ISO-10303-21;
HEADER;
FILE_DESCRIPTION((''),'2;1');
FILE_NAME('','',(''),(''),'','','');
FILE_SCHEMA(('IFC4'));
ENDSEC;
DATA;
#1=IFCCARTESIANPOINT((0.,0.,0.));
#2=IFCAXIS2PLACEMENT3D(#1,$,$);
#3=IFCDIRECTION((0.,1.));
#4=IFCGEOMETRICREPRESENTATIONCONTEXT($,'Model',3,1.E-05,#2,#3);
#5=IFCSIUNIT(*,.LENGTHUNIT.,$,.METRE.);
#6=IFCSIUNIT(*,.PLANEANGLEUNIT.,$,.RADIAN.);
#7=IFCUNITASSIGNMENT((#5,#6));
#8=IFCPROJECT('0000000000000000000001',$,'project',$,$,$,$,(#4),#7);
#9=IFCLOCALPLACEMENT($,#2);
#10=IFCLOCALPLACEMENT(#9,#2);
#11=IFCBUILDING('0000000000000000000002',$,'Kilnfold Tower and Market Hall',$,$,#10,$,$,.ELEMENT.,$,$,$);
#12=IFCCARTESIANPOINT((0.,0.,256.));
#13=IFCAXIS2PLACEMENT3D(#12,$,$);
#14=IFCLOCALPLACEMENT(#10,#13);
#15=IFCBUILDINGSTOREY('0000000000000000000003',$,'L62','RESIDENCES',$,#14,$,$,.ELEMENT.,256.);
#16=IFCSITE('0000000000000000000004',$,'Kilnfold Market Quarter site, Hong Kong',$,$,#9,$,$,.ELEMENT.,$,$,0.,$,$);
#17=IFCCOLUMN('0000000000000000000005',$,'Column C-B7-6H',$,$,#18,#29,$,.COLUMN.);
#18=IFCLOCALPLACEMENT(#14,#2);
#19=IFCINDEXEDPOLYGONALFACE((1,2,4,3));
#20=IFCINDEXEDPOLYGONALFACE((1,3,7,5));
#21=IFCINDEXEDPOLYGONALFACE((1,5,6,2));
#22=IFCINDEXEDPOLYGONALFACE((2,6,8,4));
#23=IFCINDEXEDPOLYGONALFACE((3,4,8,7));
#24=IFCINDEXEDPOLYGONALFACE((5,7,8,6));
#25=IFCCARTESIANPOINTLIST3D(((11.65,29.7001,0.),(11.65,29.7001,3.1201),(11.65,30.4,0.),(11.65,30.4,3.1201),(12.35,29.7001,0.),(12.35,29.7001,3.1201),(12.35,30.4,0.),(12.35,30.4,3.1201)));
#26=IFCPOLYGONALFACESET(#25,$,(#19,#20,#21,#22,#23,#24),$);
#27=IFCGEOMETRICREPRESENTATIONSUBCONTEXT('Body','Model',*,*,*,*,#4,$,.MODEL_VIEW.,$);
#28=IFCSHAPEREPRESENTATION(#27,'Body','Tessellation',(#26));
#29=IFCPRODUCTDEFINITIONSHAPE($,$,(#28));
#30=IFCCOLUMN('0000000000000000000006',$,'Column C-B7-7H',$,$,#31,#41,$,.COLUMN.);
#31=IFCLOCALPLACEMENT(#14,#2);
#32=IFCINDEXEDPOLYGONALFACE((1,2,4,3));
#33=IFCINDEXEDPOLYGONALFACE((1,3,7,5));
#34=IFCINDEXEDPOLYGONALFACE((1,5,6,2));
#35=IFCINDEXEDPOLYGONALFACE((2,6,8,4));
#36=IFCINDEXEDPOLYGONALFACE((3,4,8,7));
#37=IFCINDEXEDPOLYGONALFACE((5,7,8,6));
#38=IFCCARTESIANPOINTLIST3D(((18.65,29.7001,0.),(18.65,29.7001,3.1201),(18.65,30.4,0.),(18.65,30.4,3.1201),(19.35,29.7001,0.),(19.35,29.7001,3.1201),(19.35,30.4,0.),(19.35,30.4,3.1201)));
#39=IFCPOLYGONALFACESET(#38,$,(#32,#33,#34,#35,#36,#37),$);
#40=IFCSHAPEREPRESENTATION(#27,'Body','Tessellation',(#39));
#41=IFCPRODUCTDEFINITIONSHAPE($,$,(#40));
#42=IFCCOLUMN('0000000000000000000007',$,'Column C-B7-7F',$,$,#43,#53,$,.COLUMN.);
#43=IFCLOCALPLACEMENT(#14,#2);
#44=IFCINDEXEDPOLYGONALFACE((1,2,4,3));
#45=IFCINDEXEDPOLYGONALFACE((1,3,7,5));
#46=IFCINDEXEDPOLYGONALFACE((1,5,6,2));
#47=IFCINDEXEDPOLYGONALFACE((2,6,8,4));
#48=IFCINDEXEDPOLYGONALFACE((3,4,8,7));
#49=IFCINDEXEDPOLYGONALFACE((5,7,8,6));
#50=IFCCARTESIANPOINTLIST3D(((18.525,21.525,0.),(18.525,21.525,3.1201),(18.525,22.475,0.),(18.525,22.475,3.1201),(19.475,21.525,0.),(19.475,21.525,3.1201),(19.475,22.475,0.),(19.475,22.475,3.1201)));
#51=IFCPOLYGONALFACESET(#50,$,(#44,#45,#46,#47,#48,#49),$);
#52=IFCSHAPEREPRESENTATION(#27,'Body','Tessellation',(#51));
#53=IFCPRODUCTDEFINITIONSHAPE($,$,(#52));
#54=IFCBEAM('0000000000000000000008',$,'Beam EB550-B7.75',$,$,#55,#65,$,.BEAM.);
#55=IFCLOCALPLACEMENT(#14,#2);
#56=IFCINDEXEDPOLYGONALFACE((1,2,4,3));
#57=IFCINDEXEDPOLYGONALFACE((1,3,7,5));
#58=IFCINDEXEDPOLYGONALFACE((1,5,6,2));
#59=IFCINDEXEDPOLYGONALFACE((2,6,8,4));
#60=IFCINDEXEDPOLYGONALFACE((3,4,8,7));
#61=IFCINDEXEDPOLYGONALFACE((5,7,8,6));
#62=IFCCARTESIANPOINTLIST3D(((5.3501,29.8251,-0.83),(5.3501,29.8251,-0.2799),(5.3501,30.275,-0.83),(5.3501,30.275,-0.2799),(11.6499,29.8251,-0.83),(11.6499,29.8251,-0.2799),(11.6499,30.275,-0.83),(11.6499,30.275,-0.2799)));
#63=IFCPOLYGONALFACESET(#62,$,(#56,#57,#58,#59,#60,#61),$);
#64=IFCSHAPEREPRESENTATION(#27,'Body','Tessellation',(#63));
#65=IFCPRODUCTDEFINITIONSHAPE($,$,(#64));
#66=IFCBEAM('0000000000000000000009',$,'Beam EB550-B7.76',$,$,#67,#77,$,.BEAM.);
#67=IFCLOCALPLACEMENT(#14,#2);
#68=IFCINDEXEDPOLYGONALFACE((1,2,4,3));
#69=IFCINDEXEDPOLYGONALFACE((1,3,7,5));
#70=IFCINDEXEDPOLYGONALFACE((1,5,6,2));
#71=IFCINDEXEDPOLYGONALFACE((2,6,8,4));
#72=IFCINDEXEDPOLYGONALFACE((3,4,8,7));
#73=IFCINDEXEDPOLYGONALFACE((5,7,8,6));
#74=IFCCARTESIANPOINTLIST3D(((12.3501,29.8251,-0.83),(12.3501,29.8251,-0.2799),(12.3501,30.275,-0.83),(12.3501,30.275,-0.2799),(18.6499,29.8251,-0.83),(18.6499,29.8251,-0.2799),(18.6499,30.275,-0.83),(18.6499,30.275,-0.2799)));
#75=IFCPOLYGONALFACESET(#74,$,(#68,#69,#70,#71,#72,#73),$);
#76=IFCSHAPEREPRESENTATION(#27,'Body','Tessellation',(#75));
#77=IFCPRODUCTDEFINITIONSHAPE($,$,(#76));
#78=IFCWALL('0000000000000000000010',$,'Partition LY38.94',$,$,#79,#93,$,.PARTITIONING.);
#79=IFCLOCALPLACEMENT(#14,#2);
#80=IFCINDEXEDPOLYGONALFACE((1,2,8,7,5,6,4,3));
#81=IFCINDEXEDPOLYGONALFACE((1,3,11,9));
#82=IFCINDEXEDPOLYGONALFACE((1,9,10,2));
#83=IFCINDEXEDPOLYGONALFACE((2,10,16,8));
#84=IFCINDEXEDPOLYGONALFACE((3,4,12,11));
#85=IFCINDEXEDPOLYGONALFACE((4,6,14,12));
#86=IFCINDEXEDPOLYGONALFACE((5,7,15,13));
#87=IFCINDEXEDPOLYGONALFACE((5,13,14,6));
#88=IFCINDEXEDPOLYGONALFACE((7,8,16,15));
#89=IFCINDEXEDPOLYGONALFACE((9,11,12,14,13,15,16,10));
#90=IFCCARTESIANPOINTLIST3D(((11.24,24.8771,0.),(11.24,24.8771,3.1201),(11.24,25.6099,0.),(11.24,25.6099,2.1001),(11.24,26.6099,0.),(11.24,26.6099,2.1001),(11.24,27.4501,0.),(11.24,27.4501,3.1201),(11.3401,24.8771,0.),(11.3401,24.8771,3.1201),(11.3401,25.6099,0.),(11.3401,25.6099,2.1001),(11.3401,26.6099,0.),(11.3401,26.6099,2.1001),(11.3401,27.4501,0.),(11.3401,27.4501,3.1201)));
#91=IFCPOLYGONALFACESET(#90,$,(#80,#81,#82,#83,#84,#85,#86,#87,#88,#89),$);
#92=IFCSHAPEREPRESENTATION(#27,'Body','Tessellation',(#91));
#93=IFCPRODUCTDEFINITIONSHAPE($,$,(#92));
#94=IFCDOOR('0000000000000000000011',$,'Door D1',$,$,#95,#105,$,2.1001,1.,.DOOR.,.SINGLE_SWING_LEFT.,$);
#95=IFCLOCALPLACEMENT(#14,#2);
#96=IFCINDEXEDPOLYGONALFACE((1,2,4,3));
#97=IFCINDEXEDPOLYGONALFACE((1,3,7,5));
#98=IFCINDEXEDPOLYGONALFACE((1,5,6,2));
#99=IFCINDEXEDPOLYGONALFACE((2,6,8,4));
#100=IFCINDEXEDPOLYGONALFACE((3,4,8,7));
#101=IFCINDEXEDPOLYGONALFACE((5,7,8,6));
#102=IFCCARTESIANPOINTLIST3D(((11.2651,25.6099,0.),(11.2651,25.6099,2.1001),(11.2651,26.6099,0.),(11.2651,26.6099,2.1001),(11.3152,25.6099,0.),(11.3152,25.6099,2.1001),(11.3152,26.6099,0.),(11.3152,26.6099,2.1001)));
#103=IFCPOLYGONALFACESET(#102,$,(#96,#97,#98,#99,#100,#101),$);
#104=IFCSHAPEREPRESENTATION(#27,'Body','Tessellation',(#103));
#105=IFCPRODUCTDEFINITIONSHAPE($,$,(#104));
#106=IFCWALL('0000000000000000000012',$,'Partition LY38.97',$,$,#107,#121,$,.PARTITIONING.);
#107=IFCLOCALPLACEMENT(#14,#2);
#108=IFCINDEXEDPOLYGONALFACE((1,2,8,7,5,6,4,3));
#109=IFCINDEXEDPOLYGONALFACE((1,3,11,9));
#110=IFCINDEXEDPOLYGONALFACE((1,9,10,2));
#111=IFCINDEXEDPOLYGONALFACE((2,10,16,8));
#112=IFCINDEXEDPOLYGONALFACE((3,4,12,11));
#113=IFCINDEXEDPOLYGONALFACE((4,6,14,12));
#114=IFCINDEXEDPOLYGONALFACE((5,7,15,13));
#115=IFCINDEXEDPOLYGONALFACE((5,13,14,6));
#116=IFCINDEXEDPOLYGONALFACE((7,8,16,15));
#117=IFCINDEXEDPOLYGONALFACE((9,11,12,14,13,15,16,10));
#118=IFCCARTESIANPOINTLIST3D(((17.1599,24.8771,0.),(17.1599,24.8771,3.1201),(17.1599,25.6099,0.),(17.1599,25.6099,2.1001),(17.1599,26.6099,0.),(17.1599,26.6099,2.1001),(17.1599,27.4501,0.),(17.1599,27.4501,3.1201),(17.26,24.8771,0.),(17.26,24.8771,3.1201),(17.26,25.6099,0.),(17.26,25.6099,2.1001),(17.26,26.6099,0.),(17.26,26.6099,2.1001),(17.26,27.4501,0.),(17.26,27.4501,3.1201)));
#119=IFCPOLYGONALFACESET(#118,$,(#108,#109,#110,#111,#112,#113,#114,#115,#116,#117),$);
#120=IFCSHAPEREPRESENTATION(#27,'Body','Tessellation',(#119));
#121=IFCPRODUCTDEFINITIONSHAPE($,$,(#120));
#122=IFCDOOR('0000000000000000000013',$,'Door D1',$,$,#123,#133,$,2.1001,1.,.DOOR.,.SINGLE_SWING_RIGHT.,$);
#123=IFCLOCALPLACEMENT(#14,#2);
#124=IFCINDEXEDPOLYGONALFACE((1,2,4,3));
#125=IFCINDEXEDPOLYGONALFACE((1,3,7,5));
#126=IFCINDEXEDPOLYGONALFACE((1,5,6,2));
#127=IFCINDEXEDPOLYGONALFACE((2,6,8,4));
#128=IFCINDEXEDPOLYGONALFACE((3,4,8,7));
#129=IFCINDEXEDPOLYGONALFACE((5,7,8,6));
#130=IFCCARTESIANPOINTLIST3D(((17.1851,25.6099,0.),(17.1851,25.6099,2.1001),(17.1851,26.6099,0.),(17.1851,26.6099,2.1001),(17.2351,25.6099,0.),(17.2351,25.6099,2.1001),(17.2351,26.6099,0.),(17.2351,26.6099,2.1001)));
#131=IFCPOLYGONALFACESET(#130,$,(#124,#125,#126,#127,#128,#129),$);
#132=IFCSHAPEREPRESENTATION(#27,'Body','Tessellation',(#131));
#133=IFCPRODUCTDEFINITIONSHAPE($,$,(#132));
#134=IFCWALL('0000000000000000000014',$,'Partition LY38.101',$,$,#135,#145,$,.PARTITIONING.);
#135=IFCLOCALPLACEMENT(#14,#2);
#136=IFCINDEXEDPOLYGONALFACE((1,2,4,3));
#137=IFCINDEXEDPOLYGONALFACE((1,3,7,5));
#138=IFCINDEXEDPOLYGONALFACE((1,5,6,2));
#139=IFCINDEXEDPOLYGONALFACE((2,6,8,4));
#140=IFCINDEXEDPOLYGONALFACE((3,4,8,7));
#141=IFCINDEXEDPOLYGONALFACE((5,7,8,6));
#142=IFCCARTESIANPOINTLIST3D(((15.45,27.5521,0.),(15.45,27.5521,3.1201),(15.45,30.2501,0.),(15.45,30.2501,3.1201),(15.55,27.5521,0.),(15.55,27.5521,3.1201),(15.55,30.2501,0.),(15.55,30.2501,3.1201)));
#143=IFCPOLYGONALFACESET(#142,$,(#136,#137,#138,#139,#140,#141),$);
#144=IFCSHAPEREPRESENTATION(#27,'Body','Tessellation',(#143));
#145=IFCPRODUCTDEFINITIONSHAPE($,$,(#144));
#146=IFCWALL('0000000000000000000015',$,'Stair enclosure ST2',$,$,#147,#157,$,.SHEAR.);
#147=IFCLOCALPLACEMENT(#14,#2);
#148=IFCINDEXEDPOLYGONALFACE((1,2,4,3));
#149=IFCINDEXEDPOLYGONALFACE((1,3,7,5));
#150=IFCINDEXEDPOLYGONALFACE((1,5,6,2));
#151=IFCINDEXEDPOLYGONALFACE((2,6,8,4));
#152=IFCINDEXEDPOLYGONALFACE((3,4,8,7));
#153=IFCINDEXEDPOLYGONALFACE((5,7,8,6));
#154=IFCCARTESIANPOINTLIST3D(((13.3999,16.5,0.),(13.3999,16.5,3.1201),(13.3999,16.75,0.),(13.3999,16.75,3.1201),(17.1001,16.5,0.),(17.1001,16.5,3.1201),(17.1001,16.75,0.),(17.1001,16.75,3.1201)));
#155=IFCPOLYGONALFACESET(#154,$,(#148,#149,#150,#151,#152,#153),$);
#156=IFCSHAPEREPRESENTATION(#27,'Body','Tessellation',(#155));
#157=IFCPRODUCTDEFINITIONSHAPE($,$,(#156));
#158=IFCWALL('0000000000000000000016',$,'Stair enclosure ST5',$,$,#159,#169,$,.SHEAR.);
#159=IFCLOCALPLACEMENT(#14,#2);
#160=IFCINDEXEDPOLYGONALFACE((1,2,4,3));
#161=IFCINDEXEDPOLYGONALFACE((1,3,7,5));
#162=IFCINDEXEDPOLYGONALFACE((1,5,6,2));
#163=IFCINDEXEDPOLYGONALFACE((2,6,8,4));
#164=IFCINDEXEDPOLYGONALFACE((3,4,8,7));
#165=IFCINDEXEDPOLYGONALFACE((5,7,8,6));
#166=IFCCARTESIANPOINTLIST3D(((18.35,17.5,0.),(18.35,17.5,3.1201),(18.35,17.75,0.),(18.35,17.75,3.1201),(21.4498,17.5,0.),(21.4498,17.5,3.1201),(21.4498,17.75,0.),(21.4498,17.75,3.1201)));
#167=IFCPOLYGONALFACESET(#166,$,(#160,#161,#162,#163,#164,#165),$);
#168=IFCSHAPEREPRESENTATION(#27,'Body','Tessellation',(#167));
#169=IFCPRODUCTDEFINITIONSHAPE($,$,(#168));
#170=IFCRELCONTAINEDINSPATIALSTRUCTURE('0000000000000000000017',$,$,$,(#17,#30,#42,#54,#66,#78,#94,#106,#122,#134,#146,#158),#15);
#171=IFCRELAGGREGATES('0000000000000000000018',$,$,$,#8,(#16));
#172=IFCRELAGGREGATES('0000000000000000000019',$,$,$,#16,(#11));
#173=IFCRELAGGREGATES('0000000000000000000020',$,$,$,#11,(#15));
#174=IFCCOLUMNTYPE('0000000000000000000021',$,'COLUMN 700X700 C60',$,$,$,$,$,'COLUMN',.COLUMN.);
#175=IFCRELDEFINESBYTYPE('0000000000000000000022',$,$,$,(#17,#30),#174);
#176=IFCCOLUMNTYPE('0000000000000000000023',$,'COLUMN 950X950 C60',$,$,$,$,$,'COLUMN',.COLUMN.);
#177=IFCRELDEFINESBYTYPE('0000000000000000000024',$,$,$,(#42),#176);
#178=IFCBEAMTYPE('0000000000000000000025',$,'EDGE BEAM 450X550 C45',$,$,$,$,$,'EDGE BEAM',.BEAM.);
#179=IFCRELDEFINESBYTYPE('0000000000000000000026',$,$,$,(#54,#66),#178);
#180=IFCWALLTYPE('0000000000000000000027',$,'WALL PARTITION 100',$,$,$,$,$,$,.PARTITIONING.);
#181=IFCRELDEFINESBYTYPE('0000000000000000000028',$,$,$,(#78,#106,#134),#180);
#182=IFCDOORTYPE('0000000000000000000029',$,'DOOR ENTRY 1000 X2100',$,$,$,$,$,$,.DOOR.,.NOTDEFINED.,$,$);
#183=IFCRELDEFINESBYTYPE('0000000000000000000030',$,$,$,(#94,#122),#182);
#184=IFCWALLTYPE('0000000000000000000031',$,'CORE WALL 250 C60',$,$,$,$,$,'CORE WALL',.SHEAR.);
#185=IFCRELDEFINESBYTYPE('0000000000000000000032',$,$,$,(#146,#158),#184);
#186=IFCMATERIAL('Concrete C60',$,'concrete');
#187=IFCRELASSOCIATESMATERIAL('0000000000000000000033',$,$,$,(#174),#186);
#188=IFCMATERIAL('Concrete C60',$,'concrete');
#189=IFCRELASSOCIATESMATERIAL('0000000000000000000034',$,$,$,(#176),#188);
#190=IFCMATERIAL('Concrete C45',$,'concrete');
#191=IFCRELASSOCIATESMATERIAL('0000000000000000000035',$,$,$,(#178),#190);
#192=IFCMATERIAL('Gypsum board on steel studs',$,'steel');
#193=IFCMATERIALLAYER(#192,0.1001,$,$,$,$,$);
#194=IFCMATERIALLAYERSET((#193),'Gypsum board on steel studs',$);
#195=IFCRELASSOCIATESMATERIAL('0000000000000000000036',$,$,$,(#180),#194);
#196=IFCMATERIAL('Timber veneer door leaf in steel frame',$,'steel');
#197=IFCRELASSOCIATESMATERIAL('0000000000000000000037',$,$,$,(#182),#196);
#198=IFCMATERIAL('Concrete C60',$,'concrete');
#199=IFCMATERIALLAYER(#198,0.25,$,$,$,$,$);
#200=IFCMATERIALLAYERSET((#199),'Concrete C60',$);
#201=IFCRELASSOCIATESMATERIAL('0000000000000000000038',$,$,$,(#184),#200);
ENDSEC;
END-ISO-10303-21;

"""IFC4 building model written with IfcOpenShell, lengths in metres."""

from ifc_helpers import new_model, si_unit, direction, frame, frame_2d, origin, origin_2d, place, context, subcontext, project, spatial, rectangle, extrude, source, transform, mapped, material, layer, layer_set, material_profile, profile_set, type_object, element, fill, save


model = new_model("IFC4")

# Units and contexts
model_context = context("Model", 3, precision=1e-05, world=origin(), true_north=direction((0.0, 1.0)))
body_context = subcontext(model_context, "Body", "Model", "MODEL_VIEW")
ifc_project = project(units=[si_unit("LENGTHUNIT", "METRE"), si_unit("PLANEANGLEUNIT", "RADIAN")], contexts=[model_context])

# Site, building, storey
site_placement = place(None, origin())
site = spatial("IfcSite", under=ifc_project, at=site_placement, Name="Kilnfold Market Quarter site, Hong Kong", CompositionType="ELEMENT", RefElevation=0.0)
building_placement = place(site_placement, origin())
building = spatial("IfcBuilding", under=site, at=building_placement, Name="Kilnfold Tower and Market Hall", CompositionType="ELEMENT")
storey_placement = place(building_placement, frame((0.0, 0.0, 256.0)))
storey = spatial("IfcBuildingStorey", under=building, at=storey_placement, Name="L62", Description="RESIDENCES", CompositionType="ELEMENT", Elevation=256.0)

# Columns
ifc_material_1 = material(Name="Concrete C60", Category="concrete")
ifc_material_profile_1 = material_profile(ifc_material_1, rectangle(XDim=0.7, YDim=0.7, at=origin_2d()), Name="RC 700x700")
ifc_profile_set_1 = profile_set([ifc_material_profile_1], Name="Concrete C60")
column_type_1 = type_object("IfcColumnType", Name="COLUMN 700X700 C60", ElementType="COLUMN", PredefinedType="COLUMN", material=ifc_profile_set_1)
shared_shape_1 = source(origin(), body_context, "Body", "SweptSolid", [
    extrude(rectangle(XDim=0.7, YDim=0.7, at=origin_2d()), origin(), (0.0, 0.0, 1.0), 3.1201),
])
for number, where, z_axis, x_axis, name in (
    (1, (12.0, 30.05, 0.0), (0.0, 0.0, 1.0), (1.0, 0.0, 0.0), "Column C-B7-6H"),
    (2, (19.0, 30.05, 0.0), (0.0, 0.0, 1.0), (1.0, 0.0, 0.0), "Column C-B7-7H"),
):
    element("IfcColumn", number, at=place(storey_placement, frame(where, z_axis=z_axis, x_axis=x_axis)), inside=storey, type_object=column_type_1, Name=name, PredefinedType="COLUMN", context=body_context, shape_type="MappedRepresentation", body=[
        mapped(shared_shape_1, transform((0.0, 0.0, 0.0))),
    ])
ifc_material_2 = material(Name="Concrete C60", Category="concrete")
ifc_material_profile_2 = material_profile(ifc_material_2, rectangle(XDim=0.95, YDim=0.95, at=origin_2d()), Name="RC 950x950")
ifc_profile_set_2 = profile_set([ifc_material_profile_2], Name="Concrete C60")
column_type_2 = type_object("IfcColumnType", Name="COLUMN 950X950 C60", ElementType="COLUMN", PredefinedType="COLUMN", material=ifc_profile_set_2)
shared_shape_2 = source(origin(), body_context, "Body", "SweptSolid", [
    extrude(rectangle(XDim=0.95, YDim=0.95, at=origin_2d()), origin(), (0.0, 0.0, 1.0), 3.1201),
])
column_placement = place(storey_placement, frame((19.0, 22.0, 0.0), z_axis=(0.0, 0.0, 1.0), x_axis=(1.0, 0.0, 0.0)))
element("IfcColumn", 3, at=column_placement, inside=storey, type_object=column_type_2, Name="Column C-B7-7F", PredefinedType="COLUMN", context=body_context, shape_type="MappedRepresentation", body=[
    mapped(shared_shape_2, transform((0.0, 0.0, 0.0))),
])

# Beams
ifc_material_3 = material(Name="Concrete C45", Category="concrete")
ifc_material_profile_3 = material_profile(ifc_material_3, rectangle(XDim=0.45, YDim=0.55, at=origin_2d()), Name="RC 450x550")
ifc_profile_set_3 = profile_set([ifc_material_profile_3], Name="Concrete C45")
beam_type = type_object("IfcBeamType", Name="EDGE BEAM 450X550 C45", ElementType="EDGE BEAM", PredefinedType="BEAM", material=ifc_profile_set_3)
shared_shape_3 = source(origin(), body_context, "Body", "SweptSolid", [
    extrude(rectangle(XDim=0.45, YDim=0.55, at=origin_2d()), origin(), (0.0, 0.0, 1.0), 6.2998),
])
for number, where, z_axis, x_axis, name in (
    (4, (5.3501, 30.05, -0.5549), (1.0, 0.0, 0.0), (0.0, 1.0, 0.0), "Beam EB550-B7.75"),
    (5, (12.3501, 30.05, -0.5549), (1.0, 0.0, 0.0), (0.0, 1.0, 0.0), "Beam EB550-B7.76"),
):
    element("IfcBeam", number, at=place(storey_placement, frame(where, z_axis=z_axis, x_axis=x_axis)), inside=storey, type_object=beam_type, Name=name, PredefinedType="BEAM", context=body_context, shape_type="MappedRepresentation", body=[
        mapped(shared_shape_3, transform((0.0, 0.0, 0.0))),
    ])

# Walls, openings, doors
ifc_material_4 = material(Name="Gypsum board on steel studs", Category="steel")
ifc_layer_1 = layer(ifc_material_4, 0.1001)
ifc_layer_set_1 = layer_set([ifc_layer_1], Name="Gypsum board on steel studs")
wall_type_1 = type_object("IfcWallType", Name="WALL PARTITION 100", PredefinedType="PARTITIONING", material=ifc_layer_set_1)
wall_1_placement = place(storey_placement, frame((11.29, 24.877, 0.0), z_axis=(0.0, 0.0, 1.0), x_axis=(0.0, 1.0, 0.0)))
wall_1 = element("IfcWall", 6, at=wall_1_placement, inside=storey, type_object=wall_type_1, Name="Partition LY38.94", PredefinedType="PARTITIONING", context=body_context, shape_type="SweptSolid", body=[
    extrude(rectangle(XDim=2.573, YDim=0.1001, at=frame_2d((1.2866, 0.0))), origin(), (0.0, 0.0, 1.0), 3.1201),
])
opening_1_placement = place(wall_1_placement, frame((0.7329, 0.0, 0.0)))
opening_1 = element("IfcOpeningElement", 7, at=opening_1_placement, cuts=wall_1, PredefinedType="OPENING", context=body_context, shape_type="SweptSolid", body=[
    extrude(rectangle(XDim=1.0, YDim=2.1001, at=frame_2d((0.5, 1.05))), frame((0.0, 0.0601, 0.0), z_axis=(0.0, -1.0, 0.0), x_axis=(1.0, 0.0, 0.0)), (0.0, 0.0, 1.0), 0.1201),
])
ifc_material_5 = material(Name="Timber veneer door leaf in steel frame", Category="steel")
door_type_1 = type_object("IfcDoorType", Name="DOOR ENTRY 1000 X2100", OperationType="NOTDEFINED", PredefinedType="DOOR", material=ifc_material_5)
door_1_placement = place(opening_1_placement, origin())
door_1 = element("IfcDoor", 8, at=door_1_placement, inside=storey, type_object=door_type_1, Name="Door D1", OperationType="SINGLE_SWING_LEFT", OverallHeight=2.1001, OverallWidth=1.0, PredefinedType="DOOR", context=body_context, shape_type="SweptSolid", body=[
    extrude(rectangle(XDim=1.0, YDim=2.1001, at=frame_2d((0.5, 1.05))), frame((0.0, 0.0249, 0.0), z_axis=(0.0, -1.0, 0.0), x_axis=(1.0, 0.0, 0.0)), (0.0, 0.0, 1.0), 0.05),
])
fill(opening_1, door_1)
wall_2_placement = place(storey_placement, frame((17.21, 24.877, 0.0), z_axis=(0.0, 0.0, 1.0), x_axis=(0.0, 1.0, 0.0)))
wall_2 = element("IfcWall", 9, at=wall_2_placement, inside=storey, type_object=wall_type_1, Name="Partition LY38.97", PredefinedType="PARTITIONING", context=body_context, shape_type="SweptSolid", body=[
    extrude(rectangle(XDim=2.573, YDim=0.1001, at=frame_2d((1.2866, 0.0))), origin(), (0.0, 0.0, 1.0), 3.1201),
])
opening_2_placement = place(wall_2_placement, frame((0.7329, 0.0, 0.0)))
opening_2 = element("IfcOpeningElement", 10, at=opening_2_placement, cuts=wall_2, PredefinedType="OPENING", context=body_context, shape_type="SweptSolid", body=[
    extrude(rectangle(XDim=1.0, YDim=2.1001, at=frame_2d((0.5, 1.05))), frame((0.0, 0.0601, 0.0), z_axis=(0.0, -1.0, 0.0), x_axis=(1.0, 0.0, 0.0)), (0.0, 0.0, 1.0), 0.1201),
])
door_2_placement = place(opening_2_placement, origin())
door_2 = element("IfcDoor", 11, at=door_2_placement, inside=storey, type_object=door_type_1, Name="Door D1", OperationType="SINGLE_SWING_RIGHT", OverallHeight=2.1001, OverallWidth=1.0, PredefinedType="DOOR", context=body_context, shape_type="SweptSolid", body=[
    extrude(rectangle(XDim=1.0, YDim=2.1001, at=frame_2d((0.5, 1.05))), frame((0.0, 0.0249, 0.0), z_axis=(0.0, -1.0, 0.0), x_axis=(1.0, 0.0, 0.0)), (0.0, 0.0, 1.0), 0.05),
])
fill(opening_2, door_2)

# Walls
wall_3_placement = place(storey_placement, frame((15.5, 27.552, 0.0), z_axis=(0.0, 0.0, 1.0), x_axis=(0.0, 1.0, 0.0)))
element("IfcWall", 12, at=wall_3_placement, inside=storey, type_object=wall_type_1, Name="Partition LY38.101", PredefinedType="PARTITIONING", context=body_context, shape_type="SweptSolid", body=[
    extrude(rectangle(XDim=2.698, YDim=0.1001, at=frame_2d((1.3491, 0.0))), origin(), (0.0, 0.0, 1.0), 3.1201),
])
ifc_material_6 = material(Name="Concrete C60", Category="concrete")
ifc_layer_2 = layer(ifc_material_6, 0.25)
ifc_layer_set_2 = layer_set([ifc_layer_2], Name="Concrete C60")
wall_type_2 = type_object("IfcWallType", Name="CORE WALL 250 C60", ElementType="CORE WALL", PredefinedType="SHEAR", material=ifc_layer_set_2)
shared_shape_4 = source(origin(), body_context, "Body", "SweptSolid", [
    extrude(rectangle(XDim=3.7002, YDim=0.25, at=frame_2d((1.8501, 0.0))), origin(), (0.0, 0.0, 1.0), 3.1201),
])
wall_4_placement = place(storey_placement, frame((13.3999, 16.625, 0.0), z_axis=(0.0, 0.0, 1.0), x_axis=(1.0, 0.0, 0.0)))
element("IfcWall", 13, at=wall_4_placement, inside=storey, type_object=wall_type_2, Name="Stair enclosure ST2", PredefinedType="SHEAR", context=body_context, shape_type="MappedRepresentation", body=[
    mapped(shared_shape_4, transform((0.0, 0.0, 0.0))),
])
shared_shape_5 = source(origin(), body_context, "Body", "SweptSolid", [
    extrude(rectangle(XDim=3.0999, YDim=0.25, at=frame_2d((1.5498, 0.0))), origin(), (0.0, 0.0, 1.0), 3.1201),
])
wall_5_placement = place(storey_placement, frame((18.3501, 17.625, 0.0), z_axis=(0.0, 0.0, 1.0), x_axis=(1.0, 0.0, 0.0)))
element("IfcWall", 14, at=wall_5_placement, inside=storey, type_object=wall_type_2, Name="Stair enclosure ST5", PredefinedType="SHEAR", context=body_context, shape_type="MappedRepresentation", body=[
    mapped(shared_shape_5, transform((0.0, 0.0, 0.0))),
])

save(model, "model.ifc")
